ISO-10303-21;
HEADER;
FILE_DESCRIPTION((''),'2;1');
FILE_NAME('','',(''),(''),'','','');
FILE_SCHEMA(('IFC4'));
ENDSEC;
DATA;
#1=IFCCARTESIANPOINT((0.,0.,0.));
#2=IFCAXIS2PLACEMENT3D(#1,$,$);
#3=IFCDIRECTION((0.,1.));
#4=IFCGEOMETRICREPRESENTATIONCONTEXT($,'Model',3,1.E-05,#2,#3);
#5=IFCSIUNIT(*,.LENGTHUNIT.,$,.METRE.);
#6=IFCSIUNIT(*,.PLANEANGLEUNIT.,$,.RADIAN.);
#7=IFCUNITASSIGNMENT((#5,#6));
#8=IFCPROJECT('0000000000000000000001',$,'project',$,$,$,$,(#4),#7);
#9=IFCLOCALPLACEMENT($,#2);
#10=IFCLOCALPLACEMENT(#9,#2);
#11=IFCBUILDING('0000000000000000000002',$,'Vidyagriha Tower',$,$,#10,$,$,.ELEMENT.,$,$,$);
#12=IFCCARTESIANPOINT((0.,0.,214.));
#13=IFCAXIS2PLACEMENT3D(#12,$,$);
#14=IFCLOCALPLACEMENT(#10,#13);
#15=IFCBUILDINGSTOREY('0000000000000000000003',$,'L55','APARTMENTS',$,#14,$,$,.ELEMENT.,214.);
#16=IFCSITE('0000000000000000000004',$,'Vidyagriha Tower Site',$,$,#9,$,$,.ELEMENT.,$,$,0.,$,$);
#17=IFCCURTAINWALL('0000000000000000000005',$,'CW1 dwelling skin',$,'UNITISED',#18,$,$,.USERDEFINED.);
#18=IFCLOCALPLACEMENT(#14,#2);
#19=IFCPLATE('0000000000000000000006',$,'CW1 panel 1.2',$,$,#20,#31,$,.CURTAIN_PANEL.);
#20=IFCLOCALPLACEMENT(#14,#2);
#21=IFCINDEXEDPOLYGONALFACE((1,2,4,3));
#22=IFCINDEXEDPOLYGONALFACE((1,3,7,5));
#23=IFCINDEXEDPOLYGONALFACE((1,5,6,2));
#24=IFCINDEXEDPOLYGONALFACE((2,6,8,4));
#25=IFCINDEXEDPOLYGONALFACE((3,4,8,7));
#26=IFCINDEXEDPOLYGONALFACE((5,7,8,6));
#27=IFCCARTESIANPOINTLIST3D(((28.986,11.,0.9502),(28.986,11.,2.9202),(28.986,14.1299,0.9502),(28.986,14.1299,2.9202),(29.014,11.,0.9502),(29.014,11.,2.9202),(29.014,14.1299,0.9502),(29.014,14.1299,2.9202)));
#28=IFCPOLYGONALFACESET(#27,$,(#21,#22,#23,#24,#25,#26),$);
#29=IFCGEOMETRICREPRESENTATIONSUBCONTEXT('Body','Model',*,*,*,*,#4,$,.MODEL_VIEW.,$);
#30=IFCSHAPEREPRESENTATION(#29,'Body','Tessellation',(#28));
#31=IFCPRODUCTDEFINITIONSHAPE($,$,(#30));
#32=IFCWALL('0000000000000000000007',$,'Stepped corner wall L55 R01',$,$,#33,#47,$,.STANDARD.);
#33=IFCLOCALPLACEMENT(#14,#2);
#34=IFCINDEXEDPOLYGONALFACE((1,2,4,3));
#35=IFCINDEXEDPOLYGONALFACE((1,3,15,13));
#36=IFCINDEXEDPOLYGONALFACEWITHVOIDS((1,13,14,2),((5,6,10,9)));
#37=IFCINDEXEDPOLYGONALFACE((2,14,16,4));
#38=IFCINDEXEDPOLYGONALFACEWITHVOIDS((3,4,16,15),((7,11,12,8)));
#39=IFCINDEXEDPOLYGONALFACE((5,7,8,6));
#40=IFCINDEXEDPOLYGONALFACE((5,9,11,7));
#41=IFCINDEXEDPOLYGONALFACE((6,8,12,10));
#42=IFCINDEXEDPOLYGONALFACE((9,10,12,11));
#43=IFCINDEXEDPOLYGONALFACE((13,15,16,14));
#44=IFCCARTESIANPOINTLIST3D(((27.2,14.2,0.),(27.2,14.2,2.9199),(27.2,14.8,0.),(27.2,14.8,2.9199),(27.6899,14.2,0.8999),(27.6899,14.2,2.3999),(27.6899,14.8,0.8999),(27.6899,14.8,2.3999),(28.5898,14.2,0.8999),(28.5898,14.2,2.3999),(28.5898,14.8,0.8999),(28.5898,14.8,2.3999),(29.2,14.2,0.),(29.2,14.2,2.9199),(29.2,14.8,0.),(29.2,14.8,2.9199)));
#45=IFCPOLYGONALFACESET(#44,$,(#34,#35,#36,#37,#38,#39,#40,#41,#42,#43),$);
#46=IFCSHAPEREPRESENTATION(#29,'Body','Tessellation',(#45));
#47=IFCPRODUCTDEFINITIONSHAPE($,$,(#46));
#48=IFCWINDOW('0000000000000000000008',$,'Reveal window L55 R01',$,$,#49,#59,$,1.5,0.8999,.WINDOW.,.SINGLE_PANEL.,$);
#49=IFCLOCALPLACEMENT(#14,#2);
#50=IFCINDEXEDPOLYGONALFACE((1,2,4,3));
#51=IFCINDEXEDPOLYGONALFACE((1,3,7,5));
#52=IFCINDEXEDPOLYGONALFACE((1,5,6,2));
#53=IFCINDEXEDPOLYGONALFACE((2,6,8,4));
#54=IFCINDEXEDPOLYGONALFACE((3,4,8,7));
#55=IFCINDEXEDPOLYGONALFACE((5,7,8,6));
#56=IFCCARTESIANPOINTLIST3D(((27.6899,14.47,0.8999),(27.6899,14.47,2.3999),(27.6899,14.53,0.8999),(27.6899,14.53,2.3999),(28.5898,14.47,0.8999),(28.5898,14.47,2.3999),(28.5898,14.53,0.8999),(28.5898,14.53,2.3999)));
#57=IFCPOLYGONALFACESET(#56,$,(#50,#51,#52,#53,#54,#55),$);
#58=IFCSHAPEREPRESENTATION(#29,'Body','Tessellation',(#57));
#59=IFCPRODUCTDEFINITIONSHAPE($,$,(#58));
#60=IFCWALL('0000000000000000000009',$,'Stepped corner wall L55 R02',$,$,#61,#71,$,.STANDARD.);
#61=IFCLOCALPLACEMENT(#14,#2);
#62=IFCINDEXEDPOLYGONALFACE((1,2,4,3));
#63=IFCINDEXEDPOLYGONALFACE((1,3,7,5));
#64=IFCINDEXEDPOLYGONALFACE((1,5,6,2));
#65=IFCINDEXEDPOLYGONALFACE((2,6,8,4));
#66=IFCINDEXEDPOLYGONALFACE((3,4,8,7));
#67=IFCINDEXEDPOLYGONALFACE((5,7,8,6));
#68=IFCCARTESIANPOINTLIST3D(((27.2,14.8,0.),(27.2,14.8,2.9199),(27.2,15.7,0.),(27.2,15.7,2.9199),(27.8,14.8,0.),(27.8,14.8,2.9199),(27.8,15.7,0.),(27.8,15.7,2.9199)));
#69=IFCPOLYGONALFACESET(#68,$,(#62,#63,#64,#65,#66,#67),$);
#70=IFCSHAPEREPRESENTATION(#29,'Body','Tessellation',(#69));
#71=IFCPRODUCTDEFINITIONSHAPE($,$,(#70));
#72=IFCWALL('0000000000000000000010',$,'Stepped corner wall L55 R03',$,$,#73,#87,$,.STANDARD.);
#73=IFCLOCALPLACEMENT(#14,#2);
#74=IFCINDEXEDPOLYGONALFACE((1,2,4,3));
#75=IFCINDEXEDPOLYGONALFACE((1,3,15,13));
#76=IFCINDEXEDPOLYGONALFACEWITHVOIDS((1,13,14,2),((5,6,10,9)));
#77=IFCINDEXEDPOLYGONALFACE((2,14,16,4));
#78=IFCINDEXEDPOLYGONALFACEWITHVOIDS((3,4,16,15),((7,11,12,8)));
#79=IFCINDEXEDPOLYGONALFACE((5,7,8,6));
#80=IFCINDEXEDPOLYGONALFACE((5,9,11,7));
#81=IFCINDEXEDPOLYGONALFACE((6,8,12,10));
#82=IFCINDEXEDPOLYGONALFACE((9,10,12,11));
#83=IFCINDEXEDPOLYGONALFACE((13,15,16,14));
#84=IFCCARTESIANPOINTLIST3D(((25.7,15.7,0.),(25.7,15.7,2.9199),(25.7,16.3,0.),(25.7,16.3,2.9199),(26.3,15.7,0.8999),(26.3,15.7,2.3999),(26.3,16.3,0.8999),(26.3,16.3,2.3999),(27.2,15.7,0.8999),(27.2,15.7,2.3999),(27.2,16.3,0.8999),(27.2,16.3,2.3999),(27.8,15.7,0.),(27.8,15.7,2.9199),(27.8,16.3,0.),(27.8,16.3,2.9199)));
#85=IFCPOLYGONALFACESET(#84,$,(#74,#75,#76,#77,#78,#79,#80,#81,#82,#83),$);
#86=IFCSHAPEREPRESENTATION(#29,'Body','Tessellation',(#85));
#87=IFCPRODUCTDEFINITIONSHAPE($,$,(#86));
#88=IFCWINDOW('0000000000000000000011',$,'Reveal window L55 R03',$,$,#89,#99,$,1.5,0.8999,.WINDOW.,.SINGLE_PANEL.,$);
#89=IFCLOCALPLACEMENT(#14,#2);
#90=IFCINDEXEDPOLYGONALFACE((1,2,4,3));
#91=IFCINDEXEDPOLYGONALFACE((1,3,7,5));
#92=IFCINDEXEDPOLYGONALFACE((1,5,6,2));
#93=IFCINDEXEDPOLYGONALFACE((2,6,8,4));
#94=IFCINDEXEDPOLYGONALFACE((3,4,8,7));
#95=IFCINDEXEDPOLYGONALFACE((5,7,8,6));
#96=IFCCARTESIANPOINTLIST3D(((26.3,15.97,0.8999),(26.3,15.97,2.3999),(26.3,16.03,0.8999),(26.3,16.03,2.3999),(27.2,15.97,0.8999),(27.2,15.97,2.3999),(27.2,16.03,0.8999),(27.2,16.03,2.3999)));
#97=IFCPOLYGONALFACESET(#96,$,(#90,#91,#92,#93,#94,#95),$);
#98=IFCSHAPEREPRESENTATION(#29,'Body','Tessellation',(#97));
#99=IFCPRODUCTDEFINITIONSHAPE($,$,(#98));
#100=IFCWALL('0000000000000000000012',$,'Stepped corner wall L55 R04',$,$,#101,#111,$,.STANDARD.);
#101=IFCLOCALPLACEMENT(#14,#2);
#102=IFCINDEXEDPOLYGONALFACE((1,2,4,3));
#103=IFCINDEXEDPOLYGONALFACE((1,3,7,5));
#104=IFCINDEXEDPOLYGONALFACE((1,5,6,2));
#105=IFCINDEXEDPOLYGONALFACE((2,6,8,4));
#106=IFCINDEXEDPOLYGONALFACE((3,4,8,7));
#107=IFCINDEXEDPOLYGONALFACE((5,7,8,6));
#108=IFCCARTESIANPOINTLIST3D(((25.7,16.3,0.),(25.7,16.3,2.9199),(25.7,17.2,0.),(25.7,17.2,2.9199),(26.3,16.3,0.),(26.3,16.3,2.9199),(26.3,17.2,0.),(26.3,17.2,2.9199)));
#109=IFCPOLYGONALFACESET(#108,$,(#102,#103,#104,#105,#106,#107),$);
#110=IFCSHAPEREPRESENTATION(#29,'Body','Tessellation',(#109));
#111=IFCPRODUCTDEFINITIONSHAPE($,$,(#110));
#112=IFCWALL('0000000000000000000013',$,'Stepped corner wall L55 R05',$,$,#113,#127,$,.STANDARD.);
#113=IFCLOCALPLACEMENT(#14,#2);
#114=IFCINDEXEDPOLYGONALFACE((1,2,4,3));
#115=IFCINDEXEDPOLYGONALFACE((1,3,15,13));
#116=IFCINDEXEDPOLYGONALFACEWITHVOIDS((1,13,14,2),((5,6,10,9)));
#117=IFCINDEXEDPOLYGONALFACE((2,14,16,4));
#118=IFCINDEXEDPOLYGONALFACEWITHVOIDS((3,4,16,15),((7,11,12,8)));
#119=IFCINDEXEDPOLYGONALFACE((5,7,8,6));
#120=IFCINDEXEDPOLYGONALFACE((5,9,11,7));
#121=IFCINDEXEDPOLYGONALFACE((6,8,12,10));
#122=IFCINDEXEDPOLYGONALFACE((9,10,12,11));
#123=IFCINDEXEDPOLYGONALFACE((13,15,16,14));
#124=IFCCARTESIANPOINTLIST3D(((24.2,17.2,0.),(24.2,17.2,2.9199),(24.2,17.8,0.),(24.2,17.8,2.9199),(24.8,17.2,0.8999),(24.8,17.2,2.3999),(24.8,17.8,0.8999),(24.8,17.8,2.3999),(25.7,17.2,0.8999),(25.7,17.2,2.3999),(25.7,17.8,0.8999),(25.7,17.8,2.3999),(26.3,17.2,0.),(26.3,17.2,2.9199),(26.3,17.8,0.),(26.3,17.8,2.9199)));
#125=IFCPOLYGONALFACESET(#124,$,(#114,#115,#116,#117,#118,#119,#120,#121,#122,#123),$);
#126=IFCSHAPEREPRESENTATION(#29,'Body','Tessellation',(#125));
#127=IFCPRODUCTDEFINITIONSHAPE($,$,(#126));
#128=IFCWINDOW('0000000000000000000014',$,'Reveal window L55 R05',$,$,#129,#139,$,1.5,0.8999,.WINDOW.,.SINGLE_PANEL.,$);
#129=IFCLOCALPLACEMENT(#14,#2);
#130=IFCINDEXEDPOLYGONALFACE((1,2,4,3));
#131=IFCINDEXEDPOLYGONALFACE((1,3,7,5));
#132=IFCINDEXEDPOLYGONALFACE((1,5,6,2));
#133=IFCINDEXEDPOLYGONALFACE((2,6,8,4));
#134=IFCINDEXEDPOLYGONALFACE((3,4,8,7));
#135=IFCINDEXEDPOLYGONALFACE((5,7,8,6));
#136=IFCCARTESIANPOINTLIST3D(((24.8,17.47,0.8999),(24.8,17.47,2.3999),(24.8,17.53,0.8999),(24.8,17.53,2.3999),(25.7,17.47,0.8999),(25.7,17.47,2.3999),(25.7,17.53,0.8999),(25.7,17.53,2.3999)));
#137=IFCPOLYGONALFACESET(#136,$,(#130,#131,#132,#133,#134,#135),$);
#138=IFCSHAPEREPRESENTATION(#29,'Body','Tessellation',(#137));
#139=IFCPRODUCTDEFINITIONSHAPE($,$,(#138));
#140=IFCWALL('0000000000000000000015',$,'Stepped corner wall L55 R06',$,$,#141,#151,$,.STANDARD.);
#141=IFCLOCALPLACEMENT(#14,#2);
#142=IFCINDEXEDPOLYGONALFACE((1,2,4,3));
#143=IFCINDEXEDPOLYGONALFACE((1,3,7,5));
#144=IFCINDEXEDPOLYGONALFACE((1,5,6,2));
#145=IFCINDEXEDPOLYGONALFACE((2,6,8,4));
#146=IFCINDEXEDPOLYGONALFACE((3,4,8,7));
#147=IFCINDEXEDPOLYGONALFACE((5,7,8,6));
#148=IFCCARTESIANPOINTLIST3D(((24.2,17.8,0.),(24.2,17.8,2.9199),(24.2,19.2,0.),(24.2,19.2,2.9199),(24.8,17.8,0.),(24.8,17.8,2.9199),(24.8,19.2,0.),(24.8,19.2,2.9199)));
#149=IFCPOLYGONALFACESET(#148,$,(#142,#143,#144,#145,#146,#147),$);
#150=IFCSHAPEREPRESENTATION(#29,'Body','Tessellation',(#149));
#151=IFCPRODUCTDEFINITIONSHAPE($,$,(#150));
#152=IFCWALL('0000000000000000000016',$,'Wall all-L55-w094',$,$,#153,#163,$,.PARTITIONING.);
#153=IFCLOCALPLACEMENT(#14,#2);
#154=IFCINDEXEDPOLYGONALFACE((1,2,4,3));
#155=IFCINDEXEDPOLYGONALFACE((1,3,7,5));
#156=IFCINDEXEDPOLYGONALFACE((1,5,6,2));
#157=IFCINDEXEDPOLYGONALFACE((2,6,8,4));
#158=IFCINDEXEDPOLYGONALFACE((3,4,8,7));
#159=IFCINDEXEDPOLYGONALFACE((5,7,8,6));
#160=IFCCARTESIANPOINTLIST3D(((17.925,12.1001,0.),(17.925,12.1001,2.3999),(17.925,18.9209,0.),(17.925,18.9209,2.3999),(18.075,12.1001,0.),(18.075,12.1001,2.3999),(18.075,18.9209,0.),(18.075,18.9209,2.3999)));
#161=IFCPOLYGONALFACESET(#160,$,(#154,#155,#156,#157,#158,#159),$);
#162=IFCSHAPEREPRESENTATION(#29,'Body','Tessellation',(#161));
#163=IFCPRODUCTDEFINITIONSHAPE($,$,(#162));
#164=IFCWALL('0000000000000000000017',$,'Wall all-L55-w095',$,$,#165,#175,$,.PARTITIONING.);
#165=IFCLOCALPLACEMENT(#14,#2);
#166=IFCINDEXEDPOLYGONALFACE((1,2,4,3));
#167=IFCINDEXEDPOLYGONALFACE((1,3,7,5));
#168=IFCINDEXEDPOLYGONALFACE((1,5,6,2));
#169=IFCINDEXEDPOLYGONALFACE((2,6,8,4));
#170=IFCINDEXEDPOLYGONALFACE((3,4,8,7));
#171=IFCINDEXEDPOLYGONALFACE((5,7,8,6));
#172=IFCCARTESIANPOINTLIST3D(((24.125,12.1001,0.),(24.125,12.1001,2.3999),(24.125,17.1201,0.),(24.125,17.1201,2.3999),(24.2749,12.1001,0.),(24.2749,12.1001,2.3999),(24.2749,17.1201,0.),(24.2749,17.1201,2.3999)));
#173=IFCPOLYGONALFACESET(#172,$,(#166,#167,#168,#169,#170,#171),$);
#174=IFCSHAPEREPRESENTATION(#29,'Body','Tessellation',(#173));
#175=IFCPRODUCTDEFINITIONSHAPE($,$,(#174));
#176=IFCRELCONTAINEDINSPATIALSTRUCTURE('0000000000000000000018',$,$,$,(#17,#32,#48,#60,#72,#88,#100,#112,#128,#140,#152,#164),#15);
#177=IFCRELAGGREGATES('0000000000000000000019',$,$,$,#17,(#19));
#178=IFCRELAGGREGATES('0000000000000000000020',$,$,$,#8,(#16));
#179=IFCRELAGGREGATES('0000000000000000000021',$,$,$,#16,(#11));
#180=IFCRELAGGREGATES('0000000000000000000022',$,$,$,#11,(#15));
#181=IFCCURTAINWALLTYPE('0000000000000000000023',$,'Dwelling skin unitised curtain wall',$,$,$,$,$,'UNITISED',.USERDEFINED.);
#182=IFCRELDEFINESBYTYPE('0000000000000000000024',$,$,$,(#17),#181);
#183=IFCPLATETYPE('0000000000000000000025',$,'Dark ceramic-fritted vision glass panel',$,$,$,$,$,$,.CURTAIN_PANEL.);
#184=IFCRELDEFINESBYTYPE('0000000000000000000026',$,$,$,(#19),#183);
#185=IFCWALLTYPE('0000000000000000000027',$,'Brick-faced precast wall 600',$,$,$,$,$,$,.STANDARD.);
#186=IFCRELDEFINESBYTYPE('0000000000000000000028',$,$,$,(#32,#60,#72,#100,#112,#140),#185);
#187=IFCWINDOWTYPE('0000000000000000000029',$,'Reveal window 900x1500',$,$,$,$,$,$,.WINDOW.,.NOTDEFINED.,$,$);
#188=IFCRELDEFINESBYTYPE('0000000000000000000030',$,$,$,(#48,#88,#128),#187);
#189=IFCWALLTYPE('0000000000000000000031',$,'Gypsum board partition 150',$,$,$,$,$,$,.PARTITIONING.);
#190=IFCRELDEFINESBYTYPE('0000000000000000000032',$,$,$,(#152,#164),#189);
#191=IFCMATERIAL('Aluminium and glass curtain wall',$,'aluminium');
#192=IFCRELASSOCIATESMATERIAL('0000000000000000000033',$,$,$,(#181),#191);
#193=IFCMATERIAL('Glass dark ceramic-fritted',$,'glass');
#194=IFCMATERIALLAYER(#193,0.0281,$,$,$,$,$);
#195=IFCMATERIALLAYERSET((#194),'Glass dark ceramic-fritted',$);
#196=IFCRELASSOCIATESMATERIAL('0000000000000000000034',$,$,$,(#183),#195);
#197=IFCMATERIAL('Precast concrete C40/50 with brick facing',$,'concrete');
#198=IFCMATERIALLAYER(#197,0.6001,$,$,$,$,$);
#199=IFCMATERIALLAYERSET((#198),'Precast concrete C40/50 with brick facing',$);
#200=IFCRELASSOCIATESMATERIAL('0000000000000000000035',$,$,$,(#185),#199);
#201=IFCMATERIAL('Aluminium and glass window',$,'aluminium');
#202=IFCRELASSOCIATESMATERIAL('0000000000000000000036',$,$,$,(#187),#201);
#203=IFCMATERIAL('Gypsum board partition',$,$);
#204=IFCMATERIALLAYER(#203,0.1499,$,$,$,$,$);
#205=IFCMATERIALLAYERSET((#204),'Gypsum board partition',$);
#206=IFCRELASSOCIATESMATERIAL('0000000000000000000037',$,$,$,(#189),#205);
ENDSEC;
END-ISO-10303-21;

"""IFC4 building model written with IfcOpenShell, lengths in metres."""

from ifc_helpers import new_model, si_unit, direction, frame, frame_2d, origin, origin_2d, place, context, subcontext, project, spatial, rectangle, extrude, material, layer, layer_set, type_object, element, fill, aggregate, save


model = new_model("IFC4")

# Units and contexts
model_context = context("Model", 3, precision=1e-05, world=origin(), true_north=direction((0.0, 1.0)))
body_context = subcontext(model_context, "Body", "Model", "MODEL_VIEW")
ifc_project = project(units=[si_unit("LENGTHUNIT", "METRE"), si_unit("PLANEANGLEUNIT", "RADIAN")], contexts=[model_context])

# Site, building, storey
site_placement = place(None, origin())
site = spatial("IfcSite", under=ifc_project, at=site_placement, Name="Vidyagriha Tower Site", CompositionType="ELEMENT", RefElevation=0.0)
building_placement = place(site_placement, origin())
building = spatial("IfcBuilding", under=site, at=building_placement, Name="Vidyagriha Tower", CompositionType="ELEMENT")
storey_placement = place(building_placement, frame((0.0, 0.0, 214.0)))
storey = spatial("IfcBuildingStorey", under=building, at=storey_placement, Name="L55", Description="APARTMENTS", CompositionType="ELEMENT", Elevation=214.0)

# Shared definitions
ifc_material_1 = material(Name="Aluminium and glass curtain wall", Category="aluminium")
curtain_wall_type = type_object("IfcCurtainWallType", Name="Dwelling skin unitised curtain wall", ElementType="UNITISED", PredefinedType="USERDEFINED", material=ifc_material_1)

# Curtain wall
curtain_wall_1_placement = place(storey_placement, origin())
curtain_wall_1 = element("IfcCurtainWall", 1, at=curtain_wall_1_placement, inside=storey, type_object=curtain_wall_type, Name="CW1 dwelling skin", ObjectType="UNITISED", PredefinedType="USERDEFINED")

# Plate
ifc_material_2 = material(Name="Glass dark ceramic-fritted", Category="glass")
ifc_layer_1 = layer(ifc_material_2, 0.0281)
ifc_layer_set_1 = layer_set([ifc_layer_1], Name="Glass dark ceramic-fritted")
plate_type_1 = type_object("IfcPlateType", Name="Dark ceramic-fritted vision glass panel", PredefinedType="CURTAIN_PANEL", material=ifc_layer_set_1)
plate_1_placement = place(storey_placement, frame((29.0, 12.5649, 0.9502), z_axis=(0.0, 0.0, 1.0), x_axis=(0.0, 1.0, 0.0)))
plate_1 = element("IfcPlate", 2, at=plate_1_placement, type_object=plate_type_1, Name="CW1 panel 1.2", PredefinedType="CURTAIN_PANEL", context=body_context, shape_type="SweptSolid", body=[
    extrude(rectangle(XDim=3.1299, YDim=0.0281, at=origin_2d()), origin(), (0.0, 0.0, 1.0), 1.97),
])
aggregate(curtain_wall_1, [plate_1])

# Wall, opening, window
ifc_material_3 = material(Name="Precast concrete C40/50 with brick facing", Category="concrete")
ifc_layer_2 = layer(ifc_material_3, 0.6001)
ifc_layer_set_2 = layer_set([ifc_layer_2], Name="Precast concrete C40/50 with brick facing")
wall_type_1 = type_object("IfcWallType", Name="Brick-faced precast wall 600", PredefinedType="STANDARD", material=ifc_layer_set_2)
wall_1_placement = place(storey_placement, frame((29.2, 14.5, 0.0), z_axis=(0.0, 0.0, 1.0), x_axis=(-1.0, 0.0, 0.0)))
wall_1 = element("IfcWall", 3, at=wall_1_placement, inside=storey, type_object=wall_type_1, Name="Stepped corner wall L55 R01", PredefinedType="STANDARD", context=body_context, shape_type="SweptSolid", body=[
    extrude(rectangle(XDim=2.0, YDim=0.6001, at=frame_2d((1.0, 0.0))), origin(), (0.0, 0.0, 1.0), 2.9199),
])
opening_1_placement = place(wall_1_placement, frame((0.6101, 0.0, 0.8999)))
opening_1 = element("IfcOpeningElement", 4, at=opening_1_placement, cuts=wall_1, PredefinedType="OPENING", context=body_context, shape_type="SweptSolid", body=[
    extrude(rectangle(XDim=0.8999, YDim=1.5, at=frame_2d((0.45, 0.75))), frame((0.0, 0.3101, 0.0), z_axis=(0.0, -1.0, 0.0), x_axis=(1.0, 0.0, 0.0)), (0.0, 0.0, 1.0), 0.6201),
])
ifc_material_4 = material(Name="Aluminium and glass window", Category="aluminium")
window_type = type_object("IfcWindowType", Name="Reveal window 900x1500", PartitioningType="NOTDEFINED", PredefinedType="WINDOW", material=ifc_material_4)
window_1_placement = place(opening_1_placement, origin())
window_1 = element("IfcWindow", 5, at=window_1_placement, inside=storey, type_object=window_type, Name="Reveal window L55 R01", OverallHeight=1.5, OverallWidth=0.8999, PartitioningType="SINGLE_PANEL", PredefinedType="WINDOW", context=body_context, shape_type="SweptSolid", body=[
    extrude(rectangle(XDim=0.8999, YDim=1.5, at=frame_2d((0.45, 0.75))), frame((0.0, 0.03, 0.0), z_axis=(0.0, -1.0, 0.0), x_axis=(1.0, 0.0, 0.0)), (0.0, 0.0, 1.0), 0.0601),
])
fill(opening_1, window_1)

# Wall
wall_2_placement = place(storey_placement, frame((27.5, 14.8, 0.0), z_axis=(0.0, 0.0, 1.0), x_axis=(0.0, 1.0, 0.0)))
element("IfcWall", 6, at=wall_2_placement, inside=storey, type_object=wall_type_1, Name="Stepped corner wall L55 R02", PredefinedType="STANDARD", context=body_context, shape_type="SweptSolid", body=[
    extrude(rectangle(XDim=0.8999, YDim=0.6001, at=frame_2d((0.45, 0.0))), origin(), (0.0, 0.0, 1.0), 2.9199),
])

# Wall, opening, window
wall_3_placement = place(storey_placement, frame((27.8, 16.0, 0.0), z_axis=(0.0, 0.0, 1.0), x_axis=(-1.0, 0.0, 0.0)))
wall_3 = element("IfcWall", 7, at=wall_3_placement, inside=storey, type_object=wall_type_1, Name="Stepped corner wall L55 R03", PredefinedType="STANDARD", context=body_context, shape_type="SweptSolid", body=[
    extrude(rectangle(XDim=2.1001, YDim=0.6001, at=frame_2d((1.05, 0.0))), origin(), (0.0, 0.0, 1.0), 2.9199),
])
opening_2_placement = place(wall_3_placement, frame((0.6001, 0.0, 0.8999)))
opening_2 = element("IfcOpeningElement", 8, at=opening_2_placement, cuts=wall_3, PredefinedType="OPENING", context=body_context, shape_type="SweptSolid", body=[
    extrude(rectangle(XDim=0.8999, YDim=1.5, at=frame_2d((0.45, 0.75))), frame((0.0, 0.3101, 0.0), z_axis=(0.0, -1.0, 0.0), x_axis=(1.0, 0.0, 0.0)), (0.0, 0.0, 1.0), 0.6201),
])
window_2_placement = place(opening_2_placement, origin())
window_2 = element("IfcWindow", 9, at=window_2_placement, inside=storey, type_object=window_type, Name="Reveal window L55 R03", OverallHeight=1.5, OverallWidth=0.8999, PartitioningType="SINGLE_PANEL", PredefinedType="WINDOW", context=body_context, shape_type="SweptSolid", body=[
    extrude(rectangle(XDim=0.8999, YDim=1.5, at=frame_2d((0.45, 0.75))), frame((0.0, 0.03, 0.0), z_axis=(0.0, -1.0, 0.0), x_axis=(1.0, 0.0, 0.0)), (0.0, 0.0, 1.0), 0.0601),
])
fill(opening_2, window_2)

# Wall
wall_4_placement = place(storey_placement, frame((26.0, 16.3, 0.0), z_axis=(0.0, 0.0, 1.0), x_axis=(0.0, 1.0, 0.0)))
element("IfcWall", 10, at=wall_4_placement, inside=storey, type_object=wall_type_1, Name="Stepped corner wall L55 R04", PredefinedType="STANDARD", context=body_context, shape_type="SweptSolid", body=[
    extrude(rectangle(XDim=0.8999, YDim=0.6001, at=frame_2d((0.45, 0.0))), origin(), (0.0, 0.0, 1.0), 2.9199),
])

# Wall, opening, window
wall_5_placement = place(storey_placement, frame((26.3, 17.5, 0.0), z_axis=(0.0, 0.0, 1.0), x_axis=(-1.0, 0.0, 0.0)))
wall_5 = element("IfcWall", 11, at=wall_5_placement, inside=storey, type_object=wall_type_1, Name="Stepped corner wall L55 R05", PredefinedType="STANDARD", context=body_context, shape_type="SweptSolid", body=[
    extrude(rectangle(XDim=2.1001, YDim=0.6001, at=frame_2d((1.05, 0.0))), origin(), (0.0, 0.0, 1.0), 2.9199),
])
opening_3_placement = place(wall_5_placement, frame((0.6001, 0.0, 0.8999)))
opening_3 = element("IfcOpeningElement", 12, at=opening_3_placement, cuts=wall_5, PredefinedType="OPENING", context=body_context, shape_type="SweptSolid", body=[
    extrude(rectangle(XDim=0.8999, YDim=1.5, at=frame_2d((0.45, 0.75))), frame((0.0, 0.3101, 0.0), z_axis=(0.0, -1.0, 0.0), x_axis=(1.0, 0.0, 0.0)), (0.0, 0.0, 1.0), 0.6201),
])
window_3_placement = place(opening_3_placement, origin())
window_3 = element("IfcWindow", 13, at=window_3_placement, inside=storey, type_object=window_type, Name="Reveal window L55 R05", OverallHeight=1.5, OverallWidth=0.8999, PartitioningType="SINGLE_PANEL", PredefinedType="WINDOW", context=body_context, shape_type="SweptSolid", body=[
    extrude(rectangle(XDim=0.8999, YDim=1.5, at=frame_2d((0.45, 0.75))), frame((0.0, 0.03, 0.0), z_axis=(0.0, -1.0, 0.0), x_axis=(1.0, 0.0, 0.0)), (0.0, 0.0, 1.0), 0.0601),
])
fill(opening_3, window_3)

# Walls
wall_6_placement = place(storey_placement, frame((24.5, 17.8, 0.0), z_axis=(0.0, 0.0, 1.0), x_axis=(0.0, 1.0, 0.0)))
element("IfcWall", 14, at=wall_6_placement, inside=storey, type_object=wall_type_1, Name="Stepped corner wall L55 R06", PredefinedType="STANDARD", context=body_context, shape_type="SweptSolid", body=[
    extrude(rectangle(XDim=1.3999, YDim=0.6001, at=frame_2d((0.7, 0.0))), origin(), (0.0, 0.0, 1.0), 2.9199),
])
ifc_material_5 = material(Name="Gypsum board partition")
ifc_layer_3 = layer(ifc_material_5, 0.1499)
ifc_layer_set_3 = layer_set([ifc_layer_3], Name="Gypsum board partition")
wall_type_2 = type_object("IfcWallType", Name="Gypsum board partition 150", PredefinedType="PARTITIONING", material=ifc_layer_set_3)
wall_7_placement = place(storey_placement, frame((18.0, 18.9209, 0.0), z_axis=(0.0, 0.0, 1.0), x_axis=(0.0, -1.0, 0.0)))
element("IfcWall", 15, at=wall_7_placement, inside=storey, type_object=wall_type_2, Name="Wall all-L55-w094", PredefinedType="PARTITIONING", context=body_context, shape_type="SweptSolid", body=[
    extrude(rectangle(XDim=6.8208, YDim=0.1499, at=frame_2d((3.4104, 0.0))), origin(), (0.0, 0.0, 1.0), 2.3999),
])
wall_8_placement = place(storey_placement, frame((24.2, 17.1201, 0.0), z_axis=(0.0, 0.0, 1.0), x_axis=(0.0, -1.0, 0.0)))
element("IfcWall", 16, at=wall_8_placement, inside=storey, type_object=wall_type_2, Name="Wall all-L55-w095", PredefinedType="PARTITIONING", context=body_context, shape_type="SweptSolid", body=[
    extrude(rectangle(XDim=5.02, YDim=0.1499, at=frame_2d((2.51, 0.0))), origin(), (0.0, 0.0, 1.0), 2.3999),
])

save(model, "model.ifc")
